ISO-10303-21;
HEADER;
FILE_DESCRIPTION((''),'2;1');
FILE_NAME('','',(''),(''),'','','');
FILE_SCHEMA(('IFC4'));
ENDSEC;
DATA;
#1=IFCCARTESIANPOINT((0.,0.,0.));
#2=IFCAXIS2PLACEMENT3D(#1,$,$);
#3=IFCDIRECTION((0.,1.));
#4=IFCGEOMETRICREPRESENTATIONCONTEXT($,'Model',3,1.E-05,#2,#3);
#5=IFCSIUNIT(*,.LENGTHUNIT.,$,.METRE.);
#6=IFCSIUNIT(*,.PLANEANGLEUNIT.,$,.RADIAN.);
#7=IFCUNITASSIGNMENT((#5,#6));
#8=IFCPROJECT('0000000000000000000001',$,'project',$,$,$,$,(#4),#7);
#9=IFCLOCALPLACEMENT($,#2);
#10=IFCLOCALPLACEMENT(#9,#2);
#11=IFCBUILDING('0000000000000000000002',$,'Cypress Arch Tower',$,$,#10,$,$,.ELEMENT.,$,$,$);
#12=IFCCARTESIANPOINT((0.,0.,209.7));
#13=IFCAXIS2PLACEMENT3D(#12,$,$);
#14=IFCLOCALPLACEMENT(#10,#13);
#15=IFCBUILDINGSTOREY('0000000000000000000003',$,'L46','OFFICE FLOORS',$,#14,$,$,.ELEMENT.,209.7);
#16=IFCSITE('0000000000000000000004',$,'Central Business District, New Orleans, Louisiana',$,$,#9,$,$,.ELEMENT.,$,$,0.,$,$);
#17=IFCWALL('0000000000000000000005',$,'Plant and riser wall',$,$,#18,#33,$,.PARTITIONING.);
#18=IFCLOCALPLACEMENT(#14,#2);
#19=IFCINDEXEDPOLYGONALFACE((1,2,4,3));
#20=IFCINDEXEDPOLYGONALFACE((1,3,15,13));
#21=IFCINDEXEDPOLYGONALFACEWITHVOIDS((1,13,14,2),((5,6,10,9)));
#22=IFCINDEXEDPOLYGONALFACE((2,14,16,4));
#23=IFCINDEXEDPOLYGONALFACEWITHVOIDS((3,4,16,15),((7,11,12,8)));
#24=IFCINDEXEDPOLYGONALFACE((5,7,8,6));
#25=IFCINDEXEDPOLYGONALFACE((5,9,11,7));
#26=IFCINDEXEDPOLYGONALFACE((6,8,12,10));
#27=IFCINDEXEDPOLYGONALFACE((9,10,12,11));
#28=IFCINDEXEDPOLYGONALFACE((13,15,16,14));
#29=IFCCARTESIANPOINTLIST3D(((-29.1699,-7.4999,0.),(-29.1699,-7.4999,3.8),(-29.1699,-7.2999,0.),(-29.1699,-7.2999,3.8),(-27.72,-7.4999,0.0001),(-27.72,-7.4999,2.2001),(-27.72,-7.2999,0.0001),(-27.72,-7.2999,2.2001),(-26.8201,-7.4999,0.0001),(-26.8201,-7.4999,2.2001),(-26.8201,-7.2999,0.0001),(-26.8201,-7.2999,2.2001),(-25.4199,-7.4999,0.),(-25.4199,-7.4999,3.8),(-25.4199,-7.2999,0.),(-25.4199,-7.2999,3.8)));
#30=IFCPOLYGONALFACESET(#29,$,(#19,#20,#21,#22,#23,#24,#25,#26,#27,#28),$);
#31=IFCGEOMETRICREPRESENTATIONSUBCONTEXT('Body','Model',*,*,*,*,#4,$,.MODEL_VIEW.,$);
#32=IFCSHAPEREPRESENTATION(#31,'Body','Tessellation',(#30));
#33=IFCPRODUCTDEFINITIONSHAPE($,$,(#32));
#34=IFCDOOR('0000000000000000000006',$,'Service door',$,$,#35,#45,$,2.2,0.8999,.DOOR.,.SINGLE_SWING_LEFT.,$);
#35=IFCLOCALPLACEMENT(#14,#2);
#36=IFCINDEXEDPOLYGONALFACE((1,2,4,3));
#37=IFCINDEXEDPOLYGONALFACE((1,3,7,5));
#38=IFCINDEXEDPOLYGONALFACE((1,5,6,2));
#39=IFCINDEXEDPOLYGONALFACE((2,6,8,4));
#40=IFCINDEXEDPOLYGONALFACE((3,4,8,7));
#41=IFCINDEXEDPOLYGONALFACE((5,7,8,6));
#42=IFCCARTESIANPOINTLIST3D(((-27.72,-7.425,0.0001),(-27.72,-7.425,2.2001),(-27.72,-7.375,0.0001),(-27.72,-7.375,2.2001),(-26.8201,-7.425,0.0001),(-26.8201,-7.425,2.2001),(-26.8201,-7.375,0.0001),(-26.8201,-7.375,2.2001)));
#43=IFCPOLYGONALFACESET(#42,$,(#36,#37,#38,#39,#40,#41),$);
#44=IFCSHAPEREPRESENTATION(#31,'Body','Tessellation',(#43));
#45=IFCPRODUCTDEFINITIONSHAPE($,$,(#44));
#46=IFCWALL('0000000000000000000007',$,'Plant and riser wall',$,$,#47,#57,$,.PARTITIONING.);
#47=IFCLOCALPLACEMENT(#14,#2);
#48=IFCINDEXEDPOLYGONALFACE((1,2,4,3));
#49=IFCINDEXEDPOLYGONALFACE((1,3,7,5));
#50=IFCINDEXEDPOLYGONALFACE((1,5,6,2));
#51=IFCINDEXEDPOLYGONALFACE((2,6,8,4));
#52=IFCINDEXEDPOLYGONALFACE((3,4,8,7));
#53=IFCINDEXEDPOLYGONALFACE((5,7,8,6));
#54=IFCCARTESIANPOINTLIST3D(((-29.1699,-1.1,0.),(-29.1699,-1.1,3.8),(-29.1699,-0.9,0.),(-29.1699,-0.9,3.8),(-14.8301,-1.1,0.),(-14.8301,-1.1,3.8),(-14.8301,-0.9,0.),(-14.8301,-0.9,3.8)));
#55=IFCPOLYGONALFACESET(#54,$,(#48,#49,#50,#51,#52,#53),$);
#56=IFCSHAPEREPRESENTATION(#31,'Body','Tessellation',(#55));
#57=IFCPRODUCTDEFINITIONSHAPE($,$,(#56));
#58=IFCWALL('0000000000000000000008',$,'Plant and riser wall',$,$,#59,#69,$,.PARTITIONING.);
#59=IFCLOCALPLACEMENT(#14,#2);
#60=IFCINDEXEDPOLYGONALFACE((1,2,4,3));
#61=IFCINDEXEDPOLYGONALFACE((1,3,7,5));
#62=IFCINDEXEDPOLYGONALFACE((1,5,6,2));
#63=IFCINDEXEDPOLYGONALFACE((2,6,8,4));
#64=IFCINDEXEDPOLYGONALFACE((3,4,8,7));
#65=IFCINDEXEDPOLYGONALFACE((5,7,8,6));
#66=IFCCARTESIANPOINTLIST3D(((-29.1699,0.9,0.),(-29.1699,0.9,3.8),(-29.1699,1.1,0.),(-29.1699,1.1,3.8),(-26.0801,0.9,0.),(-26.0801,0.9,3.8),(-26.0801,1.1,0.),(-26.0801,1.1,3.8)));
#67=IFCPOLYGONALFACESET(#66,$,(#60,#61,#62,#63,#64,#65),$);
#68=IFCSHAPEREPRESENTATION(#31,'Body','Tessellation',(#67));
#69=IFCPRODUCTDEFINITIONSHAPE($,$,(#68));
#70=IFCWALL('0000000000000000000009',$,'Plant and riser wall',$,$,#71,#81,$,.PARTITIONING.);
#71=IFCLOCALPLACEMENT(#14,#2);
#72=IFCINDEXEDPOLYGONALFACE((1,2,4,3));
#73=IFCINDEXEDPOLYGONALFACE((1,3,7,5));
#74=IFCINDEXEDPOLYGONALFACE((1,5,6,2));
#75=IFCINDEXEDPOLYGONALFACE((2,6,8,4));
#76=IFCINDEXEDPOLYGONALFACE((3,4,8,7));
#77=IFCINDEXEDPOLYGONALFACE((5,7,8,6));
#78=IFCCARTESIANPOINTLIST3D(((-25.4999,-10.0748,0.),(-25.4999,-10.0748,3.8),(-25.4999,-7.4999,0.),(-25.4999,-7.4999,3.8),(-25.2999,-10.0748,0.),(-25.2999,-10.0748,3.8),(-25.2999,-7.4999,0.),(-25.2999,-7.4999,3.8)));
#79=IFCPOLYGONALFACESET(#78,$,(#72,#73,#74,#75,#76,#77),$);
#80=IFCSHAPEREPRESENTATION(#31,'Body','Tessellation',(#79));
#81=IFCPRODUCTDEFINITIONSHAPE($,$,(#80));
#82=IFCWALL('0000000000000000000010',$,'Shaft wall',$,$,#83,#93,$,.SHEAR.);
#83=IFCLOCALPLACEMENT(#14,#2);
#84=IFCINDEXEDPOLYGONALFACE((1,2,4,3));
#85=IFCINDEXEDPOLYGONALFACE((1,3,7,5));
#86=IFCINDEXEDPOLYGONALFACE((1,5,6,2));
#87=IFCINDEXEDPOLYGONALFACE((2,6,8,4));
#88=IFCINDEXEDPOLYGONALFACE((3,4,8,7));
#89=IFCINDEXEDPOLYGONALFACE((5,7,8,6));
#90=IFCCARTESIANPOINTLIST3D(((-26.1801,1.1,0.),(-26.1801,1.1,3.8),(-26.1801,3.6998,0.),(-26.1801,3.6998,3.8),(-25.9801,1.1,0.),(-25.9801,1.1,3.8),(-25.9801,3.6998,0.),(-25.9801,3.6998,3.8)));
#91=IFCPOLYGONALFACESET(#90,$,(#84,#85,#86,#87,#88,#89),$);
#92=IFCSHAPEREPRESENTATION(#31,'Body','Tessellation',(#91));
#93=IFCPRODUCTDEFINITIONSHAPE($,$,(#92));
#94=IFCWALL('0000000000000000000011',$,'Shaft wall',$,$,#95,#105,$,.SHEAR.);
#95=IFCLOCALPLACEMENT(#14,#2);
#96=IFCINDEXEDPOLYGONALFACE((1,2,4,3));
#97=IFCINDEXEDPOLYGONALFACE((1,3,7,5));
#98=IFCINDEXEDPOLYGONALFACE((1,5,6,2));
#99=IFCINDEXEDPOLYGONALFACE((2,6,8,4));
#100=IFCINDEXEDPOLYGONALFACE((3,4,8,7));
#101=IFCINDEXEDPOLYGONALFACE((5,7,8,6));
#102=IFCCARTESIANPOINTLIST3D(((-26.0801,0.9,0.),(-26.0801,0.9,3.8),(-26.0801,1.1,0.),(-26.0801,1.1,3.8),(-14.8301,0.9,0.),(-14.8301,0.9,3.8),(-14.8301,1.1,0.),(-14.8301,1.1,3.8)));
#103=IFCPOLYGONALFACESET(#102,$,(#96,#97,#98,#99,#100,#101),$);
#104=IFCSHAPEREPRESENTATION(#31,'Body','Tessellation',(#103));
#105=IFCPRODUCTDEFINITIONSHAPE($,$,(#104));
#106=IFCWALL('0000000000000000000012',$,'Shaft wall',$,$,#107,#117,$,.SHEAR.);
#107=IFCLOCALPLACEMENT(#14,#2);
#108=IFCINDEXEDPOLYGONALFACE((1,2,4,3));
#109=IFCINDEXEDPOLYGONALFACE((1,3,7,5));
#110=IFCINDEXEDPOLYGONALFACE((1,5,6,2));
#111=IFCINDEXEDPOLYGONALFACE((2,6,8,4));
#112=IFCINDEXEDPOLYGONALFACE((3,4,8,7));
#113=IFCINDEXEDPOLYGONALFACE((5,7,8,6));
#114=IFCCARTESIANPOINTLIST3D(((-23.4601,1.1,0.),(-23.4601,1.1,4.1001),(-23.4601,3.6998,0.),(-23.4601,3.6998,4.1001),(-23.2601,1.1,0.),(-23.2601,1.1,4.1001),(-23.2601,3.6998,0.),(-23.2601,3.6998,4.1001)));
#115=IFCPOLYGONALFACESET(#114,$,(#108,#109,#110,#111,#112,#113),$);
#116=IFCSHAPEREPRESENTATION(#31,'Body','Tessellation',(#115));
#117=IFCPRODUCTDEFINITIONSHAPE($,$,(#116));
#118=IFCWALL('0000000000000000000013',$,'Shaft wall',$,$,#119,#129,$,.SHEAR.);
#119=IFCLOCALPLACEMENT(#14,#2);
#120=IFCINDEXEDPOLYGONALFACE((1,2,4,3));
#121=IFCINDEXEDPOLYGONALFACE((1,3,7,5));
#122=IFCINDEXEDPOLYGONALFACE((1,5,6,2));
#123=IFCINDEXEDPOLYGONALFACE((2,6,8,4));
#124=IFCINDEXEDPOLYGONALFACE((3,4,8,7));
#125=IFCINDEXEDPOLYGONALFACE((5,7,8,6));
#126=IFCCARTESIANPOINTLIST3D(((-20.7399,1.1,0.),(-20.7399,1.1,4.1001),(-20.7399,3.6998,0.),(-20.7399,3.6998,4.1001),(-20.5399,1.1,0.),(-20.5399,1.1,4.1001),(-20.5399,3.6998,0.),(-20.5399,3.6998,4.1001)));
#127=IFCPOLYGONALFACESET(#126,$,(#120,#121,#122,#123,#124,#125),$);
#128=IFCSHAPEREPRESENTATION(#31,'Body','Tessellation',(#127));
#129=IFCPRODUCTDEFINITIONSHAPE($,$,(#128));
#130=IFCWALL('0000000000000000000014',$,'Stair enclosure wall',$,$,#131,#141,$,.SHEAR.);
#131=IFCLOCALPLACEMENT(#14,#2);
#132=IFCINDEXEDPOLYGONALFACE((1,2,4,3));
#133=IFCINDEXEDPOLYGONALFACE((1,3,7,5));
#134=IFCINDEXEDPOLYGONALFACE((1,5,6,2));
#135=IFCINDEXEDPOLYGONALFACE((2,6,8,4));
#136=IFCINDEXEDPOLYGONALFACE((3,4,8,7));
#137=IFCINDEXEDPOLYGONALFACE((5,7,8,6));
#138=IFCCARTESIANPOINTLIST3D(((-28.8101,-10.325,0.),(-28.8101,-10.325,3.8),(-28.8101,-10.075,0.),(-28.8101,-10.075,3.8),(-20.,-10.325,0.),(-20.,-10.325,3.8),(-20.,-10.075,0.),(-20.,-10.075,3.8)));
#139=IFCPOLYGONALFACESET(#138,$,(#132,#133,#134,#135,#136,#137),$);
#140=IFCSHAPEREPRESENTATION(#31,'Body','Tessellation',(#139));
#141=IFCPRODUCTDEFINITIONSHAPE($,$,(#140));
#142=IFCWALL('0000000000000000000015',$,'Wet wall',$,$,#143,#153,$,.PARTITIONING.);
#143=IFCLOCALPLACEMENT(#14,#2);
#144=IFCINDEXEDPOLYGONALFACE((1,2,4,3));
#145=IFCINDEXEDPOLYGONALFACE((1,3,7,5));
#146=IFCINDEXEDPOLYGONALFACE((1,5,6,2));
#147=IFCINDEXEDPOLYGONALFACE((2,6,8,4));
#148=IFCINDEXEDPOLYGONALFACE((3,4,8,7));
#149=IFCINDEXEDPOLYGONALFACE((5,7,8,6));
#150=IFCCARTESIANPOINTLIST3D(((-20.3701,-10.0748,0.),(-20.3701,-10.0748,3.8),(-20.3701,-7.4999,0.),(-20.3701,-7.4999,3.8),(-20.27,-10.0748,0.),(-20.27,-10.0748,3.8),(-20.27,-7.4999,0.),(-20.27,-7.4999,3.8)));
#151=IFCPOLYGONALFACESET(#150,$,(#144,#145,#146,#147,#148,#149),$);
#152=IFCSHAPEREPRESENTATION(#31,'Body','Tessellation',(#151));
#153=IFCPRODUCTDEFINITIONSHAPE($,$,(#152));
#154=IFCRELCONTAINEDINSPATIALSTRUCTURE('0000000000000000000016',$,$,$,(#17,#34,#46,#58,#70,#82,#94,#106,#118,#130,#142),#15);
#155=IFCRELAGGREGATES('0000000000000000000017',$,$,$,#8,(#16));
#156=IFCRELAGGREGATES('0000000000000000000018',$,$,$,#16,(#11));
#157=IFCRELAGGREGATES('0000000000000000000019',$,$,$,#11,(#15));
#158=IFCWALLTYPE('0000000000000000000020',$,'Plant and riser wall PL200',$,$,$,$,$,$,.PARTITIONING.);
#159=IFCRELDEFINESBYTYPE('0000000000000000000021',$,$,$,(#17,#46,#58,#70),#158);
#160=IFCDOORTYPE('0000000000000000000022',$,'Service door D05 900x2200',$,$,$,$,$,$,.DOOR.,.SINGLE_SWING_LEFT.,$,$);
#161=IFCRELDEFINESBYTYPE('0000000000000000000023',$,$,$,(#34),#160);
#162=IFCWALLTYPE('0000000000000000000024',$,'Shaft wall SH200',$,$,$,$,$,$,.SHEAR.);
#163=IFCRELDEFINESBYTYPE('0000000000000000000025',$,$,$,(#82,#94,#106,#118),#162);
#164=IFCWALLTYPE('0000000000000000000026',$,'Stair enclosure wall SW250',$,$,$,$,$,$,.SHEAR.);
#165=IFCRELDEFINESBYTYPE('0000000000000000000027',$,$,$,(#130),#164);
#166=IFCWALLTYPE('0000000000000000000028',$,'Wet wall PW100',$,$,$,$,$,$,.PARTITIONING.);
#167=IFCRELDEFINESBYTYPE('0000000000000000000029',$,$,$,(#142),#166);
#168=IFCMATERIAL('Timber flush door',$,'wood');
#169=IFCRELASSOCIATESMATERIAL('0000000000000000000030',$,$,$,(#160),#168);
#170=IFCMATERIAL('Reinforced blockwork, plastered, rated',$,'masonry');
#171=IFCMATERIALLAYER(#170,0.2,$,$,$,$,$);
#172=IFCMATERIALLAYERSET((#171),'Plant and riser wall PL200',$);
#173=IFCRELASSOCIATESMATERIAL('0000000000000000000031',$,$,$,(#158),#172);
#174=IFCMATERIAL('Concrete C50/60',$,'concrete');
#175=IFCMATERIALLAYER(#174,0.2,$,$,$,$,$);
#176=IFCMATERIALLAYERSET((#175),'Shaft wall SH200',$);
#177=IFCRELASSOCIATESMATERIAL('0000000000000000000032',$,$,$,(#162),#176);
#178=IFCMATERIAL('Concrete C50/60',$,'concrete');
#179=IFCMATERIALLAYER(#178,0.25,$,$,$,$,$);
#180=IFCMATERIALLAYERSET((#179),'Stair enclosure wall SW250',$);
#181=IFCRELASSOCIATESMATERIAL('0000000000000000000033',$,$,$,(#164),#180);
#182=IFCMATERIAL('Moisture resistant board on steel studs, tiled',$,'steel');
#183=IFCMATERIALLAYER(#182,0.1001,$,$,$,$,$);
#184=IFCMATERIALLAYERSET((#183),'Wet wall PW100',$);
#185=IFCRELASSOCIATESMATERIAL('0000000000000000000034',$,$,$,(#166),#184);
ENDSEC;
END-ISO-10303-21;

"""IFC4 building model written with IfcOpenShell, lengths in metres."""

from ifc_helpers import new_model, si_unit, direction, frame, frame_2d, origin, place, context, subcontext, project, spatial, rectangle, extrude, material, layer, layer_set, type_object, element, fill, save


model = new_model("IFC4")

# Units and contexts
model_context = context("Model", 3, precision=1e-05, world=origin(), true_north=direction((0.0, 1.0)))
body_context = subcontext(model_context, "Body", "Model", "MODEL_VIEW")
ifc_project = project(units=[si_unit("LENGTHUNIT", "METRE"), si_unit("PLANEANGLEUNIT", "RADIAN")], contexts=[model_context])

# Site, building, storey
site_placement = place(None, origin())
site = spatial("IfcSite", under=ifc_project, at=site_placement, Name="Central Business District, New Orleans, Louisiana", CompositionType="ELEMENT", RefElevation=0.0)
building_placement = place(site_placement, origin())
building = spatial("IfcBuilding", under=site, at=building_placement, Name="Cypress Arch Tower", CompositionType="ELEMENT")
storey_placement = place(building_placement, frame((0.0, 0.0, 209.7)))
storey = spatial("IfcBuildingStorey", under=building, at=storey_placement, Name="L46", Description="OFFICE FLOORS", CompositionType="ELEMENT", Elevation=209.7)

# Shared definitions
ifc_material_1 = material(Name="Timber flush door", Category="wood")
door_type = type_object("IfcDoorType", Name="Service door D05 900x2200", OperationType="SINGLE_SWING_LEFT", PredefinedType="DOOR", material=ifc_material_1)

# Wall, opening, door
ifc_material_2 = material(Name="Reinforced blockwork, plastered, rated", Category="masonry")
ifc_layer_1 = layer(ifc_material_2, 0.2)
ifc_layer_set_1 = layer_set([ifc_layer_1], Name="Plant and riser wall PL200")
wall_type_1 = type_object("IfcWallType", Name="Plant and riser wall PL200", PredefinedType="PARTITIONING", material=ifc_layer_set_1)
wall_1_placement = place(storey_placement, frame((-29.1699, -7.3999, 0.0), z_axis=(0.0, 0.0, 1.0), x_axis=(1.0, 0.0, 0.0)))
wall_1 = element("IfcWall", 1, at=wall_1_placement, inside=storey, type_object=wall_type_1, Name="Plant and riser wall", PredefinedType="PARTITIONING", context=body_context, shape_type="SweptSolid", body=[
    extrude(rectangle(XDim=3.75, YDim=0.2, at=frame_2d((1.875, 0.0))), origin(), (0.0, 0.0, 1.0), 3.8),
])
opening_1_placement = place(wall_1_placement, frame((1.45, 0.0, 0.0)))
opening_1 = element("IfcOpeningElement", 2, at=opening_1_placement, cuts=wall_1, PredefinedType="OPENING", context=body_context, shape_type="SweptSolid", body=[
    extrude(rectangle(XDim=0.8999, YDim=2.2, at=frame_2d((0.45, 1.1001))), frame((0.0, 0.1099, 0.0), z_axis=(0.0, -1.0, 0.0), x_axis=(1.0, 0.0, 0.0)), (0.0, 0.0, 1.0), 0.22),
])
door_1_placement = place(opening_1_placement, origin())
door_1 = element("IfcDoor", 3, at=door_1_placement, inside=storey, type_object=door_type, Name="Service door", OperationType="SINGLE_SWING_LEFT", OverallHeight=2.2, OverallWidth=0.8999, PredefinedType="DOOR", context=body_context, shape_type="SweptSolid", body=[
    extrude(rectangle(XDim=0.8999, YDim=2.2, at=frame_2d((0.45, 1.1001))), frame((0.0, 0.0249, 0.0), z_axis=(0.0, -1.0, 0.0), x_axis=(1.0, 0.0, 0.0)), (0.0, 0.0, 1.0), 0.05),
])
fill(opening_1, door_1)

# Walls
wall_2_placement = place(storey_placement, frame((-29.1699, -1.0, 0.0), z_axis=(0.0, 0.0, 1.0), x_axis=(1.0, 0.0, 0.0)))
element("IfcWall", 4, at=wall_2_placement, inside=storey, type_object=wall_type_1, Name="Plant and riser wall", PredefinedType="PARTITIONING", context=body_context, shape_type="SweptSolid", body=[
    extrude(rectangle(XDim=14.3398, YDim=0.2, at=frame_2d((7.1699, 0.0))), origin(), (0.0, 0.0, 1.0), 3.8),
])
wall_3_placement = place(storey_placement, frame((-29.1699, 1.0, 0.0), z_axis=(0.0, 0.0, 1.0), x_axis=(1.0, 0.0, 0.0)))
element("IfcWall", 5, at=wall_3_placement, inside=storey, type_object=wall_type_1, Name="Plant and riser wall", PredefinedType="PARTITIONING", context=body_context, shape_type="SweptSolid", body=[
    extrude(rectangle(XDim=3.0898, YDim=0.2, at=frame_2d((1.5449, 0.0))), origin(), (0.0, 0.0, 1.0), 3.8),
])
wall_4_placement = place(storey_placement, frame((-25.3999, -10.075, 0.0), z_axis=(0.0, 0.0, 1.0), x_axis=(0.0, 1.0, 0.0)))
element("IfcWall", 6, at=wall_4_placement, inside=storey, type_object=wall_type_1, Name="Plant and riser wall", PredefinedType="PARTITIONING", context=body_context, shape_type="SweptSolid", body=[
    extrude(rectangle(XDim=2.575, YDim=0.2, at=frame_2d((1.2876, 0.0))), origin(), (0.0, 0.0, 1.0), 3.8),
])
ifc_material_3 = material(Name="Concrete C50/60", Category="concrete")
ifc_layer_2 = layer(ifc_material_3, 0.2)
ifc_layer_set_2 = layer_set([ifc_layer_2], Name="Shaft wall SH200")
wall_type_2 = type_object("IfcWallType", Name="Shaft wall SH200", PredefinedType="SHEAR", material=ifc_layer_set_2)
wall_5_placement = place(storey_placement, frame((-26.0801, 1.1001, 0.0), z_axis=(0.0, 0.0, 1.0), x_axis=(0.0, 1.0, 0.0)))
element("IfcWall", 7, at=wall_5_placement, inside=storey, type_object=wall_type_2, Name="Shaft wall", PredefinedType="SHEAR", context=body_context, shape_type="SweptSolid", body=[
    extrude(rectangle(XDim=2.5999, YDim=0.2, at=frame_2d((1.2998, 0.0))), origin(), (0.0, 0.0, 1.0), 3.8),
])
wall_6_placement = place(storey_placement, frame((-26.0801, 1.0, 0.0), z_axis=(0.0, 0.0, 1.0), x_axis=(1.0, 0.0, 0.0)))
element("IfcWall", 8, at=wall_6_placement, inside=storey, type_object=wall_type_2, Name="Shaft wall", PredefinedType="SHEAR", context=body_context, shape_type="SweptSolid", body=[
    extrude(rectangle(XDim=11.25, YDim=0.2, at=frame_2d((5.625, 0.0))), origin(), (0.0, 0.0, 1.0), 3.8),
])
for number, where, z_axis, x_axis, name in (
    (9, (-23.3601, 1.1001, 0.0), (0.0, 0.0, 1.0), (0.0, 1.0, 0.0), "Shaft wall"),
    (10, (-20.6399, 1.1001, 0.0), (0.0, 0.0, 1.0), (0.0, 1.0, 0.0), "Shaft wall"),
):
    element("IfcWall", number, at=place(storey_placement, frame(where, z_axis=z_axis, x_axis=x_axis)), inside=storey, type_object=wall_type_2, Name=name, PredefinedType="SHEAR", context=body_context, shape_type="SweptSolid", body=[
        extrude(rectangle(XDim=2.5999, YDim=0.2, at=frame_2d((1.2998, 0.0))), origin(), (0.0, 0.0, 1.0), 4.1001),
    ])
ifc_material_4 = material(Name="Concrete C50/60", Category="concrete")
ifc_layer_3 = layer(ifc_material_4, 0.25)
ifc_layer_set_3 = layer_set([ifc_layer_3], Name="Stair enclosure wall SW250")
wall_type_3 = type_object("IfcWallType", Name="Stair enclosure wall SW250", PredefinedType="SHEAR", material=ifc_layer_set_3)
wall_7_placement = place(storey_placement, frame((-28.8101, -10.2, 0.0), z_axis=(0.0, 0.0, 1.0), x_axis=(1.0, 0.0, 0.0)))
element("IfcWall", 11, at=wall_7_placement, inside=storey, type_object=wall_type_3, Name="Stair enclosure wall", PredefinedType="SHEAR", context=body_context, shape_type="SweptSolid", body=[
    extrude(rectangle(XDim=8.8101, YDim=0.25, at=frame_2d((4.405, 0.0))), origin(), (0.0, 0.0, 1.0), 3.8),
])
ifc_material_5 = material(Name="Moisture resistant board on steel studs, tiled", Category="steel")
ifc_layer_4 = layer(ifc_material_5, 0.1001)
ifc_layer_set_4 = layer_set([ifc_layer_4], Name="Wet wall PW100")
wall_type_4 = type_object("IfcWallType", Name="Wet wall PW100", PredefinedType="PARTITIONING", material=ifc_layer_set_4)
wall_8_placement = place(storey_placement, frame((-20.3201, -10.075, 0.0), z_axis=(0.0, 0.0, 1.0), x_axis=(0.0, 1.0, 0.0)))
element("IfcWall", 12, at=wall_8_placement, inside=storey, type_object=wall_type_4, Name="Wet wall", PredefinedType="PARTITIONING", context=body_context, shape_type="SweptSolid", body=[
    extrude(rectangle(XDim=2.575, YDim=0.1001, at=frame_2d((1.2876, 0.0))), origin(), (0.0, 0.0, 1.0), 3.8),
])

save(model, "model.ifc")
